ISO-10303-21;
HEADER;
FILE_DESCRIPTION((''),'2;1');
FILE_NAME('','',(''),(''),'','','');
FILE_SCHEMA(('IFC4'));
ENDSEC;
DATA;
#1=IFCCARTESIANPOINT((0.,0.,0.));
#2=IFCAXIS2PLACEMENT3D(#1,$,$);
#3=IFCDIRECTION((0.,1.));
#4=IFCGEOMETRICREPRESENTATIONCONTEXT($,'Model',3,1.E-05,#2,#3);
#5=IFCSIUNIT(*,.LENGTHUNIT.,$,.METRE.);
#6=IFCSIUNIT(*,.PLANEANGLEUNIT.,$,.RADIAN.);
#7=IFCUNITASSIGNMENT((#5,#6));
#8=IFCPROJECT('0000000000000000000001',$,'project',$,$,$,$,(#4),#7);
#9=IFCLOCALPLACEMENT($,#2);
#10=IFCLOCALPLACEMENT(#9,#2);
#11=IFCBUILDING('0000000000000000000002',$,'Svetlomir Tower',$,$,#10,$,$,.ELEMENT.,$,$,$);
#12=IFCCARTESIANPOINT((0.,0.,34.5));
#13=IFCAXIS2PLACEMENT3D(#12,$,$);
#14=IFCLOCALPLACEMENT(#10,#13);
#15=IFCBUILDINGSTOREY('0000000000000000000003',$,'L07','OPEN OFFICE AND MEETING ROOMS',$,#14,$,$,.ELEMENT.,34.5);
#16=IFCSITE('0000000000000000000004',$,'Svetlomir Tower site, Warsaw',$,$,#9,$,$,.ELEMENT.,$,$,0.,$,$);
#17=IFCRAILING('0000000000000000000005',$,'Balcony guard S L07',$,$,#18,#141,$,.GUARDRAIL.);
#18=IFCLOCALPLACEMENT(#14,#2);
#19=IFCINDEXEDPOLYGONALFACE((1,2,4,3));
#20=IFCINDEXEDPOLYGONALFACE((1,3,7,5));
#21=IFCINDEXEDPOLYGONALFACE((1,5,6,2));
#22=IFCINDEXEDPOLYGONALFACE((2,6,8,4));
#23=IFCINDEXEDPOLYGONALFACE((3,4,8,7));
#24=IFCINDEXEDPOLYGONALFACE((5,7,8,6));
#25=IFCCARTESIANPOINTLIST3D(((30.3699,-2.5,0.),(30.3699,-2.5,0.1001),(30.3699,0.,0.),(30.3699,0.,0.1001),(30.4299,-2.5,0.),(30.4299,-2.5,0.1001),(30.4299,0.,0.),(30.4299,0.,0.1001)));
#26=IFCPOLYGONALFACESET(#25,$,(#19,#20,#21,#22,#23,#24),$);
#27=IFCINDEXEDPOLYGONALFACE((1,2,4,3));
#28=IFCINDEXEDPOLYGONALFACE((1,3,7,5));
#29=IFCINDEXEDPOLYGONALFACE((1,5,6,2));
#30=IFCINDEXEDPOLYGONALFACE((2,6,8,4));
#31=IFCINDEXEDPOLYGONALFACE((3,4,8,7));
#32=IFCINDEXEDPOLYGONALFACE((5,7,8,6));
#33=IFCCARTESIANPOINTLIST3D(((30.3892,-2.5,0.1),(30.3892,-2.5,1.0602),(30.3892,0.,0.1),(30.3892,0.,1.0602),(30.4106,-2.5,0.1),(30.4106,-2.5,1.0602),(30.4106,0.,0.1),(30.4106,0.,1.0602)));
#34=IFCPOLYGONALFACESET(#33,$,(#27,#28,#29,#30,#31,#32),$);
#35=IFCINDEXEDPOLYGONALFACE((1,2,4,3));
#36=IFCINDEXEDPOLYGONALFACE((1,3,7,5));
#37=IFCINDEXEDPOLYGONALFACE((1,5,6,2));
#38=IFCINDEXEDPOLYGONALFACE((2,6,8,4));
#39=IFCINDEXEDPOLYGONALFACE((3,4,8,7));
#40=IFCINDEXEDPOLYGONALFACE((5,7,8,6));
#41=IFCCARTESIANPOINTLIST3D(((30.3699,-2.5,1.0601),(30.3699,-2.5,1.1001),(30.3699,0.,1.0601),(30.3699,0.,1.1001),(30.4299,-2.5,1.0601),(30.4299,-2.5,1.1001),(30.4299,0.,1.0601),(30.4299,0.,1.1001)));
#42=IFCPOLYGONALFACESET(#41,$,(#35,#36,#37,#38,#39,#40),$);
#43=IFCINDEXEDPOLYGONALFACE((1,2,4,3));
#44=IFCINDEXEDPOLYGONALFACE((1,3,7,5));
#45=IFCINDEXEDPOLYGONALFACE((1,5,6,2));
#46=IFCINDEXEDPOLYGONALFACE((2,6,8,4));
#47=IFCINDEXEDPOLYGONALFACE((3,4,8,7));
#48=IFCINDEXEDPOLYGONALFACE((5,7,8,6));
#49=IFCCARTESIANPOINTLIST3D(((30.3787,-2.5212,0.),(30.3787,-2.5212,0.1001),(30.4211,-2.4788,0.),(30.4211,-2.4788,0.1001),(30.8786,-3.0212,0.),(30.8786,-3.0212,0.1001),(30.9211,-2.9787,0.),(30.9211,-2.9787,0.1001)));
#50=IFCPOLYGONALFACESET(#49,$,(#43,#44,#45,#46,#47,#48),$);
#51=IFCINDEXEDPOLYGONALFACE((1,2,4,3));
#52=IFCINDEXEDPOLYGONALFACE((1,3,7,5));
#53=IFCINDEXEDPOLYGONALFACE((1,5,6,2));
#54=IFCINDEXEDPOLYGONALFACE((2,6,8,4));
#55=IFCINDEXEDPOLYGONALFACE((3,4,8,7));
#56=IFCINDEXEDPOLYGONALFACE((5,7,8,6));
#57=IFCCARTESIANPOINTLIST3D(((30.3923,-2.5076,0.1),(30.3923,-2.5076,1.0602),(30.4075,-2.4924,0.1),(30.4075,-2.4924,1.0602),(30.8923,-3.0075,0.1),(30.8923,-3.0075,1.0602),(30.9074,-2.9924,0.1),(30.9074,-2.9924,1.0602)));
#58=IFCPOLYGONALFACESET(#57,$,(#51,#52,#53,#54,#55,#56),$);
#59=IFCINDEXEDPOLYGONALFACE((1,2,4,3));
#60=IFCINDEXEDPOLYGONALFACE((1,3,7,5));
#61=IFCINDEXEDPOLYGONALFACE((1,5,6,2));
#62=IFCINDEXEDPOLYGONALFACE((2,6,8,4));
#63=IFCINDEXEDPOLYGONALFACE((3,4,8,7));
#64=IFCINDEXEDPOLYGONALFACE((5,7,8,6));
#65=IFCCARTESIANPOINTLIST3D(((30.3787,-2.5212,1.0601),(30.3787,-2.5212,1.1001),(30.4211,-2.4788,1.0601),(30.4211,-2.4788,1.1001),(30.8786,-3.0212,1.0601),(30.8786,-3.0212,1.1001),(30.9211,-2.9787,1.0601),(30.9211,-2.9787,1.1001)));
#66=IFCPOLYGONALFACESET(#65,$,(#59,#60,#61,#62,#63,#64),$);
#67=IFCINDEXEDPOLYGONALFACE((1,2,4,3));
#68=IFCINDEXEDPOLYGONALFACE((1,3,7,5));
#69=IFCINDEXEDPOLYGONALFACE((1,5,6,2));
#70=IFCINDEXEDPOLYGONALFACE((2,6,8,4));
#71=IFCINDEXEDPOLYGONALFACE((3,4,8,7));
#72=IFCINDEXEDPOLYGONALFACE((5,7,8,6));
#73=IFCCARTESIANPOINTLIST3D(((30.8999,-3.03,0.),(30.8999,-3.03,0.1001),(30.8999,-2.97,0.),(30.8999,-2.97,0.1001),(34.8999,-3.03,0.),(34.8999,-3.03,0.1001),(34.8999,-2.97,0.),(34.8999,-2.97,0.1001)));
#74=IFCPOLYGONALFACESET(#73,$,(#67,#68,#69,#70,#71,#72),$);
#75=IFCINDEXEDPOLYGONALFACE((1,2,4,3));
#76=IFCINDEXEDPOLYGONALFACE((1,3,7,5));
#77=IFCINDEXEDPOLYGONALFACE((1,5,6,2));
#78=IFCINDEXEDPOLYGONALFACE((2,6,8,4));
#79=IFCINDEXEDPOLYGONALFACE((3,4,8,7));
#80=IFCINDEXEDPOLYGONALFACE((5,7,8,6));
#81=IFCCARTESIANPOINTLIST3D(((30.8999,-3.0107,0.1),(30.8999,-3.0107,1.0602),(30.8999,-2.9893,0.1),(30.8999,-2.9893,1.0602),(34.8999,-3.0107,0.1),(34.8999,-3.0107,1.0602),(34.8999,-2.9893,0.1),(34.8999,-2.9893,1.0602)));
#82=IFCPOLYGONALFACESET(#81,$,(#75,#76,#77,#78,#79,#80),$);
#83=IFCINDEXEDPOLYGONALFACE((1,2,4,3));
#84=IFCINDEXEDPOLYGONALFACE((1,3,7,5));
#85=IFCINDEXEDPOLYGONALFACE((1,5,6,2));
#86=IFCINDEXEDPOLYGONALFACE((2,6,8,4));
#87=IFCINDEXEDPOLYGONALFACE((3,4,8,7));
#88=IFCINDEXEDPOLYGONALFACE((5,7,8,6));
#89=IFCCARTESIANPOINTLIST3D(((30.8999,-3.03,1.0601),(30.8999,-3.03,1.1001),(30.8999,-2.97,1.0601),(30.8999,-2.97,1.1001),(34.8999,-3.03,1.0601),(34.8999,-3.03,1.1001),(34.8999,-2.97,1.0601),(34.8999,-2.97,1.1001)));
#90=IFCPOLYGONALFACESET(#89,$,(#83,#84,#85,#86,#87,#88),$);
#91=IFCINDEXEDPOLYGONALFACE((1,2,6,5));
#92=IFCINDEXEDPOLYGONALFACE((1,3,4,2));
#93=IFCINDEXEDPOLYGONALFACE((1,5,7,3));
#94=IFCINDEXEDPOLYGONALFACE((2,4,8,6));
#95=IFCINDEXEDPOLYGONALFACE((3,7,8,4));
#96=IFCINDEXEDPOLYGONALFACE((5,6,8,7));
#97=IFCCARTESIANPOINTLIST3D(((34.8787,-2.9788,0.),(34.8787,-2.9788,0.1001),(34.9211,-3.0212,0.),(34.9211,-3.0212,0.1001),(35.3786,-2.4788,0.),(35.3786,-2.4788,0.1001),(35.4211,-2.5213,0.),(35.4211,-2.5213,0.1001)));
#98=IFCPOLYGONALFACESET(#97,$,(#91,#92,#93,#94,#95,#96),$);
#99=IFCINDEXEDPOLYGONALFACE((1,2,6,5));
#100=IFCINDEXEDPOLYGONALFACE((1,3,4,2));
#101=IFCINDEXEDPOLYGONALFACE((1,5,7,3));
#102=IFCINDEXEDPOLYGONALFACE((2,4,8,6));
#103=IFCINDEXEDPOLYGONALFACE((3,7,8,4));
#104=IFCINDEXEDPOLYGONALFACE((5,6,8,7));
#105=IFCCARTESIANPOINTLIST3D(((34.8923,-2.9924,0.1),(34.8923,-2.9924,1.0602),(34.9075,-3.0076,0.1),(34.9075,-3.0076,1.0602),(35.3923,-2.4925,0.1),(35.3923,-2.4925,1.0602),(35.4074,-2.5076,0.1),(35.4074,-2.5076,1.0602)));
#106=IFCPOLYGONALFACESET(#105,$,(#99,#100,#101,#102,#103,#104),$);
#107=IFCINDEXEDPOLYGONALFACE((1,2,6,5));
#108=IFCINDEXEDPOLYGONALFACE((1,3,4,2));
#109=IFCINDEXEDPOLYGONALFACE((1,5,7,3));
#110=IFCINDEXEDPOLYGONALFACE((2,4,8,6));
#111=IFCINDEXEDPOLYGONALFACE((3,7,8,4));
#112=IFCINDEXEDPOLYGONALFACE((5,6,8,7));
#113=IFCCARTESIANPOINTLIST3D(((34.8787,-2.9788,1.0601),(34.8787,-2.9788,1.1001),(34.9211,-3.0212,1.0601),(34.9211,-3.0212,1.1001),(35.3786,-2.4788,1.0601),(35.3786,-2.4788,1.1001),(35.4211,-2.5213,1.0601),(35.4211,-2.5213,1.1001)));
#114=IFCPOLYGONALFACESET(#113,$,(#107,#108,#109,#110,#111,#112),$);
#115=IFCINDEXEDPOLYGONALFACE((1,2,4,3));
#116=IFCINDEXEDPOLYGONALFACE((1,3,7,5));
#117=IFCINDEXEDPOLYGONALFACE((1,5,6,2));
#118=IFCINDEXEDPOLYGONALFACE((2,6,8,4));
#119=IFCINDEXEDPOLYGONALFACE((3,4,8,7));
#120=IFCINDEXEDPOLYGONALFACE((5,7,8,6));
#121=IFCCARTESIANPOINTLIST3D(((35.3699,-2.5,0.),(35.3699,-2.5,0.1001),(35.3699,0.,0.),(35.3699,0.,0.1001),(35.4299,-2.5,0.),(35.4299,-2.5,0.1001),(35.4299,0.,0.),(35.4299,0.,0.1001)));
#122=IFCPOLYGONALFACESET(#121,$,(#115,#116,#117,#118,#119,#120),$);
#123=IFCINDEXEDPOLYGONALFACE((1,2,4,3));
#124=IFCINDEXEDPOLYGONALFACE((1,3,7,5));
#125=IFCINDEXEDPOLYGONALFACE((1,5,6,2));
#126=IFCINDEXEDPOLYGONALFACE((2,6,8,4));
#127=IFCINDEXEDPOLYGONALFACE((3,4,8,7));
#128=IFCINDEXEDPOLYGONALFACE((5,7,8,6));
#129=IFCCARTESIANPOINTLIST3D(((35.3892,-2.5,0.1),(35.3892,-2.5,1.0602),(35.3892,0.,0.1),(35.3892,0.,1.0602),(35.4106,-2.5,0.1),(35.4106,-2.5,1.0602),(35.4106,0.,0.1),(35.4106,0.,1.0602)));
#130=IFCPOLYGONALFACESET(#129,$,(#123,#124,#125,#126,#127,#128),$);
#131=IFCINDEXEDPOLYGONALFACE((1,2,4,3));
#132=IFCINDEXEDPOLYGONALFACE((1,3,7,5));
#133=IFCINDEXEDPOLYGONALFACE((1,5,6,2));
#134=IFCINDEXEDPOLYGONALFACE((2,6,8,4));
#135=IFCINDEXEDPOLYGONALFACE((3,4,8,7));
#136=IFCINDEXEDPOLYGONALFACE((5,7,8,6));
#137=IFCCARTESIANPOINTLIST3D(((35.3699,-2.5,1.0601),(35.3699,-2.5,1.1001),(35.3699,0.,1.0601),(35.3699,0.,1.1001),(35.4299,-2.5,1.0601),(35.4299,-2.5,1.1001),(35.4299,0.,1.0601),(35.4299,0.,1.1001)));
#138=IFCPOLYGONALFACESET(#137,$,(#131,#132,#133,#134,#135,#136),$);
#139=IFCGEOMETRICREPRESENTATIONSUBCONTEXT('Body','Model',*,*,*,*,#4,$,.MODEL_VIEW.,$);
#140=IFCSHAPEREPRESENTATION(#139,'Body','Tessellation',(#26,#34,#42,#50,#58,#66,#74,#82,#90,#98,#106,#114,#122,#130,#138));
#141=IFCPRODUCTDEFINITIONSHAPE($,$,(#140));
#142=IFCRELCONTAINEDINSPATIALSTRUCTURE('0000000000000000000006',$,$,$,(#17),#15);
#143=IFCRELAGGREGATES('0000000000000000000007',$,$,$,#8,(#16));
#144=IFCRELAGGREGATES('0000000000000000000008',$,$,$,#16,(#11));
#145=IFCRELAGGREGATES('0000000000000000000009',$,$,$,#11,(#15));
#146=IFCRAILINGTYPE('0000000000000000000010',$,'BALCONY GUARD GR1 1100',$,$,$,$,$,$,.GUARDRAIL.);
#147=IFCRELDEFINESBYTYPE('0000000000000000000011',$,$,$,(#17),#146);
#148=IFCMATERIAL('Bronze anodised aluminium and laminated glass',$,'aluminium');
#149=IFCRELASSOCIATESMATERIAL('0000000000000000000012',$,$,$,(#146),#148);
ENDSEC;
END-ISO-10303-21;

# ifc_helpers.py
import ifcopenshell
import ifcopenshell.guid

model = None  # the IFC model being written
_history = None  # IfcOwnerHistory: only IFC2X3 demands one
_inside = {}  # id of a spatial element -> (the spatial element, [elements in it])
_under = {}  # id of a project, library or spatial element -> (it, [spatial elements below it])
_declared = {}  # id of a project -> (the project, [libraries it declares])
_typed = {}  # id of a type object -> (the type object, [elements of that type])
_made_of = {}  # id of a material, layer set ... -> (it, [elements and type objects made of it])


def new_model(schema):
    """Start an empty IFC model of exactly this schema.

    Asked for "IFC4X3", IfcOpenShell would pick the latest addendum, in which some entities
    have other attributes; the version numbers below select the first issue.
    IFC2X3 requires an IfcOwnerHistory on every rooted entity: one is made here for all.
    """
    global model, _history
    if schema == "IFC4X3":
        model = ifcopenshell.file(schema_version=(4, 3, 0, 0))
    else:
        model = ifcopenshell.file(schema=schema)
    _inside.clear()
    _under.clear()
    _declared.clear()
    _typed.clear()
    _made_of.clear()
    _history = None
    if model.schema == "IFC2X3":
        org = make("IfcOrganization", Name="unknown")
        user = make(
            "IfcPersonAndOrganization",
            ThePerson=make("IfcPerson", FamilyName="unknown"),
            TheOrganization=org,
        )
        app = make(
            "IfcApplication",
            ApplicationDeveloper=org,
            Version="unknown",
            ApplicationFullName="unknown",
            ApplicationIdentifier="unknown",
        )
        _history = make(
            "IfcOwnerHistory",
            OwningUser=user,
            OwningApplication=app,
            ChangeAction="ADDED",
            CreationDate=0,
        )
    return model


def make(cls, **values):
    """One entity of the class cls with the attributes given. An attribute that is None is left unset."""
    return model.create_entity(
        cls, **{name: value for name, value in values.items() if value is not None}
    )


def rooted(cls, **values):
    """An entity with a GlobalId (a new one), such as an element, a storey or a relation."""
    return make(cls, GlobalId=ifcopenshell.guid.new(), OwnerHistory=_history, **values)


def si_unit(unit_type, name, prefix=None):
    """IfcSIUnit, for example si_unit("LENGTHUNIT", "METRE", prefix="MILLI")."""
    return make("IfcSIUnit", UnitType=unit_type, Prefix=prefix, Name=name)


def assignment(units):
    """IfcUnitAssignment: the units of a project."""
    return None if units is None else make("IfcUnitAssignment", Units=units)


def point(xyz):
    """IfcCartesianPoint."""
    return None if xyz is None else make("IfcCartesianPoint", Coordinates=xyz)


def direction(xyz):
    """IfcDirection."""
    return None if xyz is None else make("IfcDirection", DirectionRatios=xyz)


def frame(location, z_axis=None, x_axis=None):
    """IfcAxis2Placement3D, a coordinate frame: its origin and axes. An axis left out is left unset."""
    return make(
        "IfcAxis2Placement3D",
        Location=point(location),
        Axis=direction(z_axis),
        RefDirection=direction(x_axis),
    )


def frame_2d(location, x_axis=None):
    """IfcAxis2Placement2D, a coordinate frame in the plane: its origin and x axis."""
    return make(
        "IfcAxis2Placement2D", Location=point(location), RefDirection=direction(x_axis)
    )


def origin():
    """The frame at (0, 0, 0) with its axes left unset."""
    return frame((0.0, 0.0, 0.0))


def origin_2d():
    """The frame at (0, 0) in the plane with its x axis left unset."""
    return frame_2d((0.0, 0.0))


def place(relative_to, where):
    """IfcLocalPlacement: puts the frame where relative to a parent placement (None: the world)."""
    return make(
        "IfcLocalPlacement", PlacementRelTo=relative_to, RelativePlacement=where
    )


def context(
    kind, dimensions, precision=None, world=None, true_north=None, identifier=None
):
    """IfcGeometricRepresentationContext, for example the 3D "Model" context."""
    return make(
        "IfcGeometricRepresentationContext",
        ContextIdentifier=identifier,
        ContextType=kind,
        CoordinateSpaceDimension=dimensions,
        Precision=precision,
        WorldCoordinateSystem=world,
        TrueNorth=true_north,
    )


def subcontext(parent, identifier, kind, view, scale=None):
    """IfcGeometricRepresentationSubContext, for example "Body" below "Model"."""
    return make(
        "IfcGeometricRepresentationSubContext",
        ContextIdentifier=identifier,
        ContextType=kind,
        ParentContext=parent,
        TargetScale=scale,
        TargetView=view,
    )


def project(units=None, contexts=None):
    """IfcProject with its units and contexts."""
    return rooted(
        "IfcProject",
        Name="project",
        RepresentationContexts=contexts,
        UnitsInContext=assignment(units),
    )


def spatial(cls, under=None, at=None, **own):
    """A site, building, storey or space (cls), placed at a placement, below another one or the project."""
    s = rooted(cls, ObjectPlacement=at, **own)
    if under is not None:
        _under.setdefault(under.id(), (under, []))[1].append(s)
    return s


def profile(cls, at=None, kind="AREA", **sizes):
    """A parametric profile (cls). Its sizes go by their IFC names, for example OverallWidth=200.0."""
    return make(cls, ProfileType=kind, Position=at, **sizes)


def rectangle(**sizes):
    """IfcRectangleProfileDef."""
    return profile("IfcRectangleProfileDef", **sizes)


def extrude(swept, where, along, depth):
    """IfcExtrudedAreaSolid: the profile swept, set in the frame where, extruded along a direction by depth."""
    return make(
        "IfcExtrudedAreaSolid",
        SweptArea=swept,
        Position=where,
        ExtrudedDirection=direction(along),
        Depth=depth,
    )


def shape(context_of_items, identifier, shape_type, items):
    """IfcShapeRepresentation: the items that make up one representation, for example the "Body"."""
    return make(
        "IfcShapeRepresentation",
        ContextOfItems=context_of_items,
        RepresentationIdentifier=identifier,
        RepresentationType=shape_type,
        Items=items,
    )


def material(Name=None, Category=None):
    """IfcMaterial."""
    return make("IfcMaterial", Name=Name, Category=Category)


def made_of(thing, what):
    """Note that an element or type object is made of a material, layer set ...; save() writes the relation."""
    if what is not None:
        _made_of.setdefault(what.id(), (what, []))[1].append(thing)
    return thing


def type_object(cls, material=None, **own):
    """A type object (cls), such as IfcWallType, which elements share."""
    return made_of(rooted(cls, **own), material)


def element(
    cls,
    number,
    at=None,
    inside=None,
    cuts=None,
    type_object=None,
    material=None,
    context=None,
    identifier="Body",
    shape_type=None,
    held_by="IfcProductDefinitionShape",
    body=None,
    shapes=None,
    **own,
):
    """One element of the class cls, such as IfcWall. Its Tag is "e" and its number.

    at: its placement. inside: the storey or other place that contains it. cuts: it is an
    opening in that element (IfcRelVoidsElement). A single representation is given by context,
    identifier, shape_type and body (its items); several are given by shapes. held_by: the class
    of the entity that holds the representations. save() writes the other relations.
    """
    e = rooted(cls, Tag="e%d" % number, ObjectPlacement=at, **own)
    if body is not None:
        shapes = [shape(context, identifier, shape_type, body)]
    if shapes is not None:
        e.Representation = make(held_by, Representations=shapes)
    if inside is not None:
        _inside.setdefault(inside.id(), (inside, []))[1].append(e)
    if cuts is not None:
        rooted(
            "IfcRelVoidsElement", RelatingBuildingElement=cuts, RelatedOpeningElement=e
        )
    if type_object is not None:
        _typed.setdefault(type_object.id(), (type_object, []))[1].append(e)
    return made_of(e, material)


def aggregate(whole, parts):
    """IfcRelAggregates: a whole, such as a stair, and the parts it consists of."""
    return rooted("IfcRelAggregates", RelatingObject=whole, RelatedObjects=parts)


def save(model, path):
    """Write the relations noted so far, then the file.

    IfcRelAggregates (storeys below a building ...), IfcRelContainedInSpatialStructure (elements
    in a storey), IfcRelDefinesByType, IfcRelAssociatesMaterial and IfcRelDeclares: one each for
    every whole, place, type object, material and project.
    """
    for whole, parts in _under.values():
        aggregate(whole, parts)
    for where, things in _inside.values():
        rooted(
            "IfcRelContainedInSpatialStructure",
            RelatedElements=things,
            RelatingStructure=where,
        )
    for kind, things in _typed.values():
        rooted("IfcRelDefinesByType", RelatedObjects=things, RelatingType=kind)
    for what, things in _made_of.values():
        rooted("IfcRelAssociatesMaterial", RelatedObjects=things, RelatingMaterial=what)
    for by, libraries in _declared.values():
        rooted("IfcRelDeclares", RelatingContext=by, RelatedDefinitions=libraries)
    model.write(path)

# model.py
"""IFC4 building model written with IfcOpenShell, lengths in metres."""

from ifc_helpers import new_model, si_unit, direction, frame, origin, origin_2d, place, context, subcontext, project, spatial, rectangle, extrude, material, type_object, element, save


model = new_model("IFC4")

# Units and contexts
model_context = context("Model", 3, precision=1e-05, world=origin(), true_north=direction((0.0, 1.0)))
body_context = subcontext(model_context, "Body", "Model", "MODEL_VIEW")
ifc_project = project(units=[si_unit("LENGTHUNIT", "METRE"), si_unit("PLANEANGLEUNIT", "RADIAN")], contexts=[model_context])

# Site, building, storey
site_placement = place(None, origin())
site = spatial("IfcSite", under=ifc_project, at=site_placement, Name="Svetlomir Tower site, Warsaw", CompositionType="ELEMENT", RefElevation=0.0)
building_placement = place(site_placement, origin())
building = spatial("IfcBuilding", under=site, at=building_placement, Name="Svetlomir Tower", CompositionType="ELEMENT")
storey_placement = place(building_placement, frame((0.0, 0.0, 34.5)))
storey = spatial("IfcBuildingStorey", under=building, at=storey_placement, Name="L07", Description="OPEN OFFICE AND MEETING ROOMS", CompositionType="ELEMENT", Elevation=34.5)

# Railing
ifc_material_1 = material(Name="Bronze anodised aluminium and laminated glass", Category="aluminium")
railing_type = type_object("IfcRailingType", Name="BALCONY GUARD GR1 1100", PredefinedType="GUARDRAIL", material=ifc_material_1)
railing_placement = place(storey_placement, frame((30.3999, 0.0, 0.0)))
element("IfcRailing", 1, at=railing_placement, inside=storey, type_object=railing_type, Name="Balcony guard S L07", PredefinedType="GUARDRAIL", context=body_context, shape_type="SweptSolid", body=[
    extrude(rectangle(XDim=0.0601, YDim=0.1001, at=origin_2d()), frame((0.0, 0.0, 0.05), z_axis=(0.0, -1.0, 0.0), x_axis=(1.0, 0.0, 0.0)), (0.0, 0.0, 1.0), 2.5),
    extrude(rectangle(XDim=0.0215, YDim=0.9602, at=origin_2d()), frame((0.0, 0.0, 0.5801), z_axis=(0.0, -1.0, 0.0), x_axis=(1.0, 0.0, 0.0)), (0.0, 0.0, 1.0), 2.5),
    extrude(rectangle(XDim=0.0601, YDim=0.04, at=origin_2d()), frame((0.0, 0.0, 1.0801), z_axis=(0.0, -1.0, 0.0), x_axis=(1.0, 0.0, 0.0)), (0.0, 0.0, 1.0), 2.5),
    extrude(rectangle(XDim=0.0601, YDim=0.1001, at=origin_2d()), frame((0.0, -2.5, 0.05), z_axis=(0.707107, -0.707107, 0.0), x_axis=(0.707107, 0.707107, 0.0)), (0.0, 0.0, 1.0), 0.707),
    extrude(rectangle(XDim=0.0215, YDim=0.9602, at=origin_2d()), frame((0.0, -2.5, 0.5801), z_axis=(0.707107, -0.707107, 0.0), x_axis=(0.707107, 0.707107, 0.0)), (0.0, 0.0, 1.0), 0.707),
    extrude(rectangle(XDim=0.0601, YDim=0.04, at=origin_2d()), frame((0.0, -2.5, 1.0801), z_axis=(0.707107, -0.707107, 0.0), x_axis=(0.707107, 0.707107, 0.0)), (0.0, 0.0, 1.0), 0.707),
    extrude(rectangle(XDim=0.0601, YDim=0.1001, at=origin_2d()), frame((0.5, -3.0, 0.05), z_axis=(1.0, 0.0, 0.0), x_axis=(0.0, 1.0, 0.0)), (0.0, 0.0, 1.0), 4.0),
    extrude(rectangle(XDim=0.0215, YDim=0.9602, at=origin_2d()), frame((0.5, -3.0, 0.5801), z_axis=(1.0, 0.0, 0.0), x_axis=(0.0, 1.0, 0.0)), (0.0, 0.0, 1.0), 4.0),
    extrude(rectangle(XDim=0.0601, YDim=0.04, at=origin_2d()), frame((0.5, -3.0, 1.0801), z_axis=(1.0, 0.0, 0.0), x_axis=(0.0, 1.0, 0.0)), (0.0, 0.0, 1.0), 4.0),
    extrude(rectangle(XDim=0.0601, YDim=0.1001, at=origin_2d()), frame((4.5, -3.0, 0.05), z_axis=(0.707107, 0.707107, 0.0), x_axis=(-0.707107, 0.707107, 0.0)), (0.0, 0.0, 1.0), 0.707),
    extrude(rectangle(XDim=0.0215, YDim=0.9602, at=origin_2d()), frame((4.5, -3.0, 0.5801), z_axis=(0.707107, 0.707107, 0.0), x_axis=(-0.707107, 0.707107, 0.0)), (0.0, 0.0, 1.0), 0.707),
    extrude(rectangle(XDim=0.0601, YDim=0.04, at=origin_2d()), frame((4.5, -3.0, 1.0801), z_axis=(0.707107, 0.707107, 0.0), x_axis=(-0.707107, 0.707107, 0.0)), (0.0, 0.0, 1.0), 0.707),
    extrude(rectangle(XDim=0.0601, YDim=0.1001, at=origin_2d()), frame((5.0, -2.5, 0.05), z_axis=(0.0, 1.0, 0.0), x_axis=(-1.0, 0.0, 0.0)), (0.0, 0.0, 1.0), 2.5),
    extrude(rectangle(XDim=0.0215, YDim=0.9602, at=origin_2d()), frame((5.0, -2.5, 0.5801), z_axis=(0.0, 1.0, 0.0), x_axis=(-1.0, 0.0, 0.0)), (0.0, 0.0, 1.0), 2.5),
    extrude(rectangle(XDim=0.0601, YDim=0.04, at=origin_2d()), frame((5.0, -2.5, 1.0801), z_axis=(0.0, 1.0, 0.0), x_axis=(-1.0, 0.0, 0.0)), (0.0, 0.0, 1.0), 2.5),
])

save(model, "model.ifc")
